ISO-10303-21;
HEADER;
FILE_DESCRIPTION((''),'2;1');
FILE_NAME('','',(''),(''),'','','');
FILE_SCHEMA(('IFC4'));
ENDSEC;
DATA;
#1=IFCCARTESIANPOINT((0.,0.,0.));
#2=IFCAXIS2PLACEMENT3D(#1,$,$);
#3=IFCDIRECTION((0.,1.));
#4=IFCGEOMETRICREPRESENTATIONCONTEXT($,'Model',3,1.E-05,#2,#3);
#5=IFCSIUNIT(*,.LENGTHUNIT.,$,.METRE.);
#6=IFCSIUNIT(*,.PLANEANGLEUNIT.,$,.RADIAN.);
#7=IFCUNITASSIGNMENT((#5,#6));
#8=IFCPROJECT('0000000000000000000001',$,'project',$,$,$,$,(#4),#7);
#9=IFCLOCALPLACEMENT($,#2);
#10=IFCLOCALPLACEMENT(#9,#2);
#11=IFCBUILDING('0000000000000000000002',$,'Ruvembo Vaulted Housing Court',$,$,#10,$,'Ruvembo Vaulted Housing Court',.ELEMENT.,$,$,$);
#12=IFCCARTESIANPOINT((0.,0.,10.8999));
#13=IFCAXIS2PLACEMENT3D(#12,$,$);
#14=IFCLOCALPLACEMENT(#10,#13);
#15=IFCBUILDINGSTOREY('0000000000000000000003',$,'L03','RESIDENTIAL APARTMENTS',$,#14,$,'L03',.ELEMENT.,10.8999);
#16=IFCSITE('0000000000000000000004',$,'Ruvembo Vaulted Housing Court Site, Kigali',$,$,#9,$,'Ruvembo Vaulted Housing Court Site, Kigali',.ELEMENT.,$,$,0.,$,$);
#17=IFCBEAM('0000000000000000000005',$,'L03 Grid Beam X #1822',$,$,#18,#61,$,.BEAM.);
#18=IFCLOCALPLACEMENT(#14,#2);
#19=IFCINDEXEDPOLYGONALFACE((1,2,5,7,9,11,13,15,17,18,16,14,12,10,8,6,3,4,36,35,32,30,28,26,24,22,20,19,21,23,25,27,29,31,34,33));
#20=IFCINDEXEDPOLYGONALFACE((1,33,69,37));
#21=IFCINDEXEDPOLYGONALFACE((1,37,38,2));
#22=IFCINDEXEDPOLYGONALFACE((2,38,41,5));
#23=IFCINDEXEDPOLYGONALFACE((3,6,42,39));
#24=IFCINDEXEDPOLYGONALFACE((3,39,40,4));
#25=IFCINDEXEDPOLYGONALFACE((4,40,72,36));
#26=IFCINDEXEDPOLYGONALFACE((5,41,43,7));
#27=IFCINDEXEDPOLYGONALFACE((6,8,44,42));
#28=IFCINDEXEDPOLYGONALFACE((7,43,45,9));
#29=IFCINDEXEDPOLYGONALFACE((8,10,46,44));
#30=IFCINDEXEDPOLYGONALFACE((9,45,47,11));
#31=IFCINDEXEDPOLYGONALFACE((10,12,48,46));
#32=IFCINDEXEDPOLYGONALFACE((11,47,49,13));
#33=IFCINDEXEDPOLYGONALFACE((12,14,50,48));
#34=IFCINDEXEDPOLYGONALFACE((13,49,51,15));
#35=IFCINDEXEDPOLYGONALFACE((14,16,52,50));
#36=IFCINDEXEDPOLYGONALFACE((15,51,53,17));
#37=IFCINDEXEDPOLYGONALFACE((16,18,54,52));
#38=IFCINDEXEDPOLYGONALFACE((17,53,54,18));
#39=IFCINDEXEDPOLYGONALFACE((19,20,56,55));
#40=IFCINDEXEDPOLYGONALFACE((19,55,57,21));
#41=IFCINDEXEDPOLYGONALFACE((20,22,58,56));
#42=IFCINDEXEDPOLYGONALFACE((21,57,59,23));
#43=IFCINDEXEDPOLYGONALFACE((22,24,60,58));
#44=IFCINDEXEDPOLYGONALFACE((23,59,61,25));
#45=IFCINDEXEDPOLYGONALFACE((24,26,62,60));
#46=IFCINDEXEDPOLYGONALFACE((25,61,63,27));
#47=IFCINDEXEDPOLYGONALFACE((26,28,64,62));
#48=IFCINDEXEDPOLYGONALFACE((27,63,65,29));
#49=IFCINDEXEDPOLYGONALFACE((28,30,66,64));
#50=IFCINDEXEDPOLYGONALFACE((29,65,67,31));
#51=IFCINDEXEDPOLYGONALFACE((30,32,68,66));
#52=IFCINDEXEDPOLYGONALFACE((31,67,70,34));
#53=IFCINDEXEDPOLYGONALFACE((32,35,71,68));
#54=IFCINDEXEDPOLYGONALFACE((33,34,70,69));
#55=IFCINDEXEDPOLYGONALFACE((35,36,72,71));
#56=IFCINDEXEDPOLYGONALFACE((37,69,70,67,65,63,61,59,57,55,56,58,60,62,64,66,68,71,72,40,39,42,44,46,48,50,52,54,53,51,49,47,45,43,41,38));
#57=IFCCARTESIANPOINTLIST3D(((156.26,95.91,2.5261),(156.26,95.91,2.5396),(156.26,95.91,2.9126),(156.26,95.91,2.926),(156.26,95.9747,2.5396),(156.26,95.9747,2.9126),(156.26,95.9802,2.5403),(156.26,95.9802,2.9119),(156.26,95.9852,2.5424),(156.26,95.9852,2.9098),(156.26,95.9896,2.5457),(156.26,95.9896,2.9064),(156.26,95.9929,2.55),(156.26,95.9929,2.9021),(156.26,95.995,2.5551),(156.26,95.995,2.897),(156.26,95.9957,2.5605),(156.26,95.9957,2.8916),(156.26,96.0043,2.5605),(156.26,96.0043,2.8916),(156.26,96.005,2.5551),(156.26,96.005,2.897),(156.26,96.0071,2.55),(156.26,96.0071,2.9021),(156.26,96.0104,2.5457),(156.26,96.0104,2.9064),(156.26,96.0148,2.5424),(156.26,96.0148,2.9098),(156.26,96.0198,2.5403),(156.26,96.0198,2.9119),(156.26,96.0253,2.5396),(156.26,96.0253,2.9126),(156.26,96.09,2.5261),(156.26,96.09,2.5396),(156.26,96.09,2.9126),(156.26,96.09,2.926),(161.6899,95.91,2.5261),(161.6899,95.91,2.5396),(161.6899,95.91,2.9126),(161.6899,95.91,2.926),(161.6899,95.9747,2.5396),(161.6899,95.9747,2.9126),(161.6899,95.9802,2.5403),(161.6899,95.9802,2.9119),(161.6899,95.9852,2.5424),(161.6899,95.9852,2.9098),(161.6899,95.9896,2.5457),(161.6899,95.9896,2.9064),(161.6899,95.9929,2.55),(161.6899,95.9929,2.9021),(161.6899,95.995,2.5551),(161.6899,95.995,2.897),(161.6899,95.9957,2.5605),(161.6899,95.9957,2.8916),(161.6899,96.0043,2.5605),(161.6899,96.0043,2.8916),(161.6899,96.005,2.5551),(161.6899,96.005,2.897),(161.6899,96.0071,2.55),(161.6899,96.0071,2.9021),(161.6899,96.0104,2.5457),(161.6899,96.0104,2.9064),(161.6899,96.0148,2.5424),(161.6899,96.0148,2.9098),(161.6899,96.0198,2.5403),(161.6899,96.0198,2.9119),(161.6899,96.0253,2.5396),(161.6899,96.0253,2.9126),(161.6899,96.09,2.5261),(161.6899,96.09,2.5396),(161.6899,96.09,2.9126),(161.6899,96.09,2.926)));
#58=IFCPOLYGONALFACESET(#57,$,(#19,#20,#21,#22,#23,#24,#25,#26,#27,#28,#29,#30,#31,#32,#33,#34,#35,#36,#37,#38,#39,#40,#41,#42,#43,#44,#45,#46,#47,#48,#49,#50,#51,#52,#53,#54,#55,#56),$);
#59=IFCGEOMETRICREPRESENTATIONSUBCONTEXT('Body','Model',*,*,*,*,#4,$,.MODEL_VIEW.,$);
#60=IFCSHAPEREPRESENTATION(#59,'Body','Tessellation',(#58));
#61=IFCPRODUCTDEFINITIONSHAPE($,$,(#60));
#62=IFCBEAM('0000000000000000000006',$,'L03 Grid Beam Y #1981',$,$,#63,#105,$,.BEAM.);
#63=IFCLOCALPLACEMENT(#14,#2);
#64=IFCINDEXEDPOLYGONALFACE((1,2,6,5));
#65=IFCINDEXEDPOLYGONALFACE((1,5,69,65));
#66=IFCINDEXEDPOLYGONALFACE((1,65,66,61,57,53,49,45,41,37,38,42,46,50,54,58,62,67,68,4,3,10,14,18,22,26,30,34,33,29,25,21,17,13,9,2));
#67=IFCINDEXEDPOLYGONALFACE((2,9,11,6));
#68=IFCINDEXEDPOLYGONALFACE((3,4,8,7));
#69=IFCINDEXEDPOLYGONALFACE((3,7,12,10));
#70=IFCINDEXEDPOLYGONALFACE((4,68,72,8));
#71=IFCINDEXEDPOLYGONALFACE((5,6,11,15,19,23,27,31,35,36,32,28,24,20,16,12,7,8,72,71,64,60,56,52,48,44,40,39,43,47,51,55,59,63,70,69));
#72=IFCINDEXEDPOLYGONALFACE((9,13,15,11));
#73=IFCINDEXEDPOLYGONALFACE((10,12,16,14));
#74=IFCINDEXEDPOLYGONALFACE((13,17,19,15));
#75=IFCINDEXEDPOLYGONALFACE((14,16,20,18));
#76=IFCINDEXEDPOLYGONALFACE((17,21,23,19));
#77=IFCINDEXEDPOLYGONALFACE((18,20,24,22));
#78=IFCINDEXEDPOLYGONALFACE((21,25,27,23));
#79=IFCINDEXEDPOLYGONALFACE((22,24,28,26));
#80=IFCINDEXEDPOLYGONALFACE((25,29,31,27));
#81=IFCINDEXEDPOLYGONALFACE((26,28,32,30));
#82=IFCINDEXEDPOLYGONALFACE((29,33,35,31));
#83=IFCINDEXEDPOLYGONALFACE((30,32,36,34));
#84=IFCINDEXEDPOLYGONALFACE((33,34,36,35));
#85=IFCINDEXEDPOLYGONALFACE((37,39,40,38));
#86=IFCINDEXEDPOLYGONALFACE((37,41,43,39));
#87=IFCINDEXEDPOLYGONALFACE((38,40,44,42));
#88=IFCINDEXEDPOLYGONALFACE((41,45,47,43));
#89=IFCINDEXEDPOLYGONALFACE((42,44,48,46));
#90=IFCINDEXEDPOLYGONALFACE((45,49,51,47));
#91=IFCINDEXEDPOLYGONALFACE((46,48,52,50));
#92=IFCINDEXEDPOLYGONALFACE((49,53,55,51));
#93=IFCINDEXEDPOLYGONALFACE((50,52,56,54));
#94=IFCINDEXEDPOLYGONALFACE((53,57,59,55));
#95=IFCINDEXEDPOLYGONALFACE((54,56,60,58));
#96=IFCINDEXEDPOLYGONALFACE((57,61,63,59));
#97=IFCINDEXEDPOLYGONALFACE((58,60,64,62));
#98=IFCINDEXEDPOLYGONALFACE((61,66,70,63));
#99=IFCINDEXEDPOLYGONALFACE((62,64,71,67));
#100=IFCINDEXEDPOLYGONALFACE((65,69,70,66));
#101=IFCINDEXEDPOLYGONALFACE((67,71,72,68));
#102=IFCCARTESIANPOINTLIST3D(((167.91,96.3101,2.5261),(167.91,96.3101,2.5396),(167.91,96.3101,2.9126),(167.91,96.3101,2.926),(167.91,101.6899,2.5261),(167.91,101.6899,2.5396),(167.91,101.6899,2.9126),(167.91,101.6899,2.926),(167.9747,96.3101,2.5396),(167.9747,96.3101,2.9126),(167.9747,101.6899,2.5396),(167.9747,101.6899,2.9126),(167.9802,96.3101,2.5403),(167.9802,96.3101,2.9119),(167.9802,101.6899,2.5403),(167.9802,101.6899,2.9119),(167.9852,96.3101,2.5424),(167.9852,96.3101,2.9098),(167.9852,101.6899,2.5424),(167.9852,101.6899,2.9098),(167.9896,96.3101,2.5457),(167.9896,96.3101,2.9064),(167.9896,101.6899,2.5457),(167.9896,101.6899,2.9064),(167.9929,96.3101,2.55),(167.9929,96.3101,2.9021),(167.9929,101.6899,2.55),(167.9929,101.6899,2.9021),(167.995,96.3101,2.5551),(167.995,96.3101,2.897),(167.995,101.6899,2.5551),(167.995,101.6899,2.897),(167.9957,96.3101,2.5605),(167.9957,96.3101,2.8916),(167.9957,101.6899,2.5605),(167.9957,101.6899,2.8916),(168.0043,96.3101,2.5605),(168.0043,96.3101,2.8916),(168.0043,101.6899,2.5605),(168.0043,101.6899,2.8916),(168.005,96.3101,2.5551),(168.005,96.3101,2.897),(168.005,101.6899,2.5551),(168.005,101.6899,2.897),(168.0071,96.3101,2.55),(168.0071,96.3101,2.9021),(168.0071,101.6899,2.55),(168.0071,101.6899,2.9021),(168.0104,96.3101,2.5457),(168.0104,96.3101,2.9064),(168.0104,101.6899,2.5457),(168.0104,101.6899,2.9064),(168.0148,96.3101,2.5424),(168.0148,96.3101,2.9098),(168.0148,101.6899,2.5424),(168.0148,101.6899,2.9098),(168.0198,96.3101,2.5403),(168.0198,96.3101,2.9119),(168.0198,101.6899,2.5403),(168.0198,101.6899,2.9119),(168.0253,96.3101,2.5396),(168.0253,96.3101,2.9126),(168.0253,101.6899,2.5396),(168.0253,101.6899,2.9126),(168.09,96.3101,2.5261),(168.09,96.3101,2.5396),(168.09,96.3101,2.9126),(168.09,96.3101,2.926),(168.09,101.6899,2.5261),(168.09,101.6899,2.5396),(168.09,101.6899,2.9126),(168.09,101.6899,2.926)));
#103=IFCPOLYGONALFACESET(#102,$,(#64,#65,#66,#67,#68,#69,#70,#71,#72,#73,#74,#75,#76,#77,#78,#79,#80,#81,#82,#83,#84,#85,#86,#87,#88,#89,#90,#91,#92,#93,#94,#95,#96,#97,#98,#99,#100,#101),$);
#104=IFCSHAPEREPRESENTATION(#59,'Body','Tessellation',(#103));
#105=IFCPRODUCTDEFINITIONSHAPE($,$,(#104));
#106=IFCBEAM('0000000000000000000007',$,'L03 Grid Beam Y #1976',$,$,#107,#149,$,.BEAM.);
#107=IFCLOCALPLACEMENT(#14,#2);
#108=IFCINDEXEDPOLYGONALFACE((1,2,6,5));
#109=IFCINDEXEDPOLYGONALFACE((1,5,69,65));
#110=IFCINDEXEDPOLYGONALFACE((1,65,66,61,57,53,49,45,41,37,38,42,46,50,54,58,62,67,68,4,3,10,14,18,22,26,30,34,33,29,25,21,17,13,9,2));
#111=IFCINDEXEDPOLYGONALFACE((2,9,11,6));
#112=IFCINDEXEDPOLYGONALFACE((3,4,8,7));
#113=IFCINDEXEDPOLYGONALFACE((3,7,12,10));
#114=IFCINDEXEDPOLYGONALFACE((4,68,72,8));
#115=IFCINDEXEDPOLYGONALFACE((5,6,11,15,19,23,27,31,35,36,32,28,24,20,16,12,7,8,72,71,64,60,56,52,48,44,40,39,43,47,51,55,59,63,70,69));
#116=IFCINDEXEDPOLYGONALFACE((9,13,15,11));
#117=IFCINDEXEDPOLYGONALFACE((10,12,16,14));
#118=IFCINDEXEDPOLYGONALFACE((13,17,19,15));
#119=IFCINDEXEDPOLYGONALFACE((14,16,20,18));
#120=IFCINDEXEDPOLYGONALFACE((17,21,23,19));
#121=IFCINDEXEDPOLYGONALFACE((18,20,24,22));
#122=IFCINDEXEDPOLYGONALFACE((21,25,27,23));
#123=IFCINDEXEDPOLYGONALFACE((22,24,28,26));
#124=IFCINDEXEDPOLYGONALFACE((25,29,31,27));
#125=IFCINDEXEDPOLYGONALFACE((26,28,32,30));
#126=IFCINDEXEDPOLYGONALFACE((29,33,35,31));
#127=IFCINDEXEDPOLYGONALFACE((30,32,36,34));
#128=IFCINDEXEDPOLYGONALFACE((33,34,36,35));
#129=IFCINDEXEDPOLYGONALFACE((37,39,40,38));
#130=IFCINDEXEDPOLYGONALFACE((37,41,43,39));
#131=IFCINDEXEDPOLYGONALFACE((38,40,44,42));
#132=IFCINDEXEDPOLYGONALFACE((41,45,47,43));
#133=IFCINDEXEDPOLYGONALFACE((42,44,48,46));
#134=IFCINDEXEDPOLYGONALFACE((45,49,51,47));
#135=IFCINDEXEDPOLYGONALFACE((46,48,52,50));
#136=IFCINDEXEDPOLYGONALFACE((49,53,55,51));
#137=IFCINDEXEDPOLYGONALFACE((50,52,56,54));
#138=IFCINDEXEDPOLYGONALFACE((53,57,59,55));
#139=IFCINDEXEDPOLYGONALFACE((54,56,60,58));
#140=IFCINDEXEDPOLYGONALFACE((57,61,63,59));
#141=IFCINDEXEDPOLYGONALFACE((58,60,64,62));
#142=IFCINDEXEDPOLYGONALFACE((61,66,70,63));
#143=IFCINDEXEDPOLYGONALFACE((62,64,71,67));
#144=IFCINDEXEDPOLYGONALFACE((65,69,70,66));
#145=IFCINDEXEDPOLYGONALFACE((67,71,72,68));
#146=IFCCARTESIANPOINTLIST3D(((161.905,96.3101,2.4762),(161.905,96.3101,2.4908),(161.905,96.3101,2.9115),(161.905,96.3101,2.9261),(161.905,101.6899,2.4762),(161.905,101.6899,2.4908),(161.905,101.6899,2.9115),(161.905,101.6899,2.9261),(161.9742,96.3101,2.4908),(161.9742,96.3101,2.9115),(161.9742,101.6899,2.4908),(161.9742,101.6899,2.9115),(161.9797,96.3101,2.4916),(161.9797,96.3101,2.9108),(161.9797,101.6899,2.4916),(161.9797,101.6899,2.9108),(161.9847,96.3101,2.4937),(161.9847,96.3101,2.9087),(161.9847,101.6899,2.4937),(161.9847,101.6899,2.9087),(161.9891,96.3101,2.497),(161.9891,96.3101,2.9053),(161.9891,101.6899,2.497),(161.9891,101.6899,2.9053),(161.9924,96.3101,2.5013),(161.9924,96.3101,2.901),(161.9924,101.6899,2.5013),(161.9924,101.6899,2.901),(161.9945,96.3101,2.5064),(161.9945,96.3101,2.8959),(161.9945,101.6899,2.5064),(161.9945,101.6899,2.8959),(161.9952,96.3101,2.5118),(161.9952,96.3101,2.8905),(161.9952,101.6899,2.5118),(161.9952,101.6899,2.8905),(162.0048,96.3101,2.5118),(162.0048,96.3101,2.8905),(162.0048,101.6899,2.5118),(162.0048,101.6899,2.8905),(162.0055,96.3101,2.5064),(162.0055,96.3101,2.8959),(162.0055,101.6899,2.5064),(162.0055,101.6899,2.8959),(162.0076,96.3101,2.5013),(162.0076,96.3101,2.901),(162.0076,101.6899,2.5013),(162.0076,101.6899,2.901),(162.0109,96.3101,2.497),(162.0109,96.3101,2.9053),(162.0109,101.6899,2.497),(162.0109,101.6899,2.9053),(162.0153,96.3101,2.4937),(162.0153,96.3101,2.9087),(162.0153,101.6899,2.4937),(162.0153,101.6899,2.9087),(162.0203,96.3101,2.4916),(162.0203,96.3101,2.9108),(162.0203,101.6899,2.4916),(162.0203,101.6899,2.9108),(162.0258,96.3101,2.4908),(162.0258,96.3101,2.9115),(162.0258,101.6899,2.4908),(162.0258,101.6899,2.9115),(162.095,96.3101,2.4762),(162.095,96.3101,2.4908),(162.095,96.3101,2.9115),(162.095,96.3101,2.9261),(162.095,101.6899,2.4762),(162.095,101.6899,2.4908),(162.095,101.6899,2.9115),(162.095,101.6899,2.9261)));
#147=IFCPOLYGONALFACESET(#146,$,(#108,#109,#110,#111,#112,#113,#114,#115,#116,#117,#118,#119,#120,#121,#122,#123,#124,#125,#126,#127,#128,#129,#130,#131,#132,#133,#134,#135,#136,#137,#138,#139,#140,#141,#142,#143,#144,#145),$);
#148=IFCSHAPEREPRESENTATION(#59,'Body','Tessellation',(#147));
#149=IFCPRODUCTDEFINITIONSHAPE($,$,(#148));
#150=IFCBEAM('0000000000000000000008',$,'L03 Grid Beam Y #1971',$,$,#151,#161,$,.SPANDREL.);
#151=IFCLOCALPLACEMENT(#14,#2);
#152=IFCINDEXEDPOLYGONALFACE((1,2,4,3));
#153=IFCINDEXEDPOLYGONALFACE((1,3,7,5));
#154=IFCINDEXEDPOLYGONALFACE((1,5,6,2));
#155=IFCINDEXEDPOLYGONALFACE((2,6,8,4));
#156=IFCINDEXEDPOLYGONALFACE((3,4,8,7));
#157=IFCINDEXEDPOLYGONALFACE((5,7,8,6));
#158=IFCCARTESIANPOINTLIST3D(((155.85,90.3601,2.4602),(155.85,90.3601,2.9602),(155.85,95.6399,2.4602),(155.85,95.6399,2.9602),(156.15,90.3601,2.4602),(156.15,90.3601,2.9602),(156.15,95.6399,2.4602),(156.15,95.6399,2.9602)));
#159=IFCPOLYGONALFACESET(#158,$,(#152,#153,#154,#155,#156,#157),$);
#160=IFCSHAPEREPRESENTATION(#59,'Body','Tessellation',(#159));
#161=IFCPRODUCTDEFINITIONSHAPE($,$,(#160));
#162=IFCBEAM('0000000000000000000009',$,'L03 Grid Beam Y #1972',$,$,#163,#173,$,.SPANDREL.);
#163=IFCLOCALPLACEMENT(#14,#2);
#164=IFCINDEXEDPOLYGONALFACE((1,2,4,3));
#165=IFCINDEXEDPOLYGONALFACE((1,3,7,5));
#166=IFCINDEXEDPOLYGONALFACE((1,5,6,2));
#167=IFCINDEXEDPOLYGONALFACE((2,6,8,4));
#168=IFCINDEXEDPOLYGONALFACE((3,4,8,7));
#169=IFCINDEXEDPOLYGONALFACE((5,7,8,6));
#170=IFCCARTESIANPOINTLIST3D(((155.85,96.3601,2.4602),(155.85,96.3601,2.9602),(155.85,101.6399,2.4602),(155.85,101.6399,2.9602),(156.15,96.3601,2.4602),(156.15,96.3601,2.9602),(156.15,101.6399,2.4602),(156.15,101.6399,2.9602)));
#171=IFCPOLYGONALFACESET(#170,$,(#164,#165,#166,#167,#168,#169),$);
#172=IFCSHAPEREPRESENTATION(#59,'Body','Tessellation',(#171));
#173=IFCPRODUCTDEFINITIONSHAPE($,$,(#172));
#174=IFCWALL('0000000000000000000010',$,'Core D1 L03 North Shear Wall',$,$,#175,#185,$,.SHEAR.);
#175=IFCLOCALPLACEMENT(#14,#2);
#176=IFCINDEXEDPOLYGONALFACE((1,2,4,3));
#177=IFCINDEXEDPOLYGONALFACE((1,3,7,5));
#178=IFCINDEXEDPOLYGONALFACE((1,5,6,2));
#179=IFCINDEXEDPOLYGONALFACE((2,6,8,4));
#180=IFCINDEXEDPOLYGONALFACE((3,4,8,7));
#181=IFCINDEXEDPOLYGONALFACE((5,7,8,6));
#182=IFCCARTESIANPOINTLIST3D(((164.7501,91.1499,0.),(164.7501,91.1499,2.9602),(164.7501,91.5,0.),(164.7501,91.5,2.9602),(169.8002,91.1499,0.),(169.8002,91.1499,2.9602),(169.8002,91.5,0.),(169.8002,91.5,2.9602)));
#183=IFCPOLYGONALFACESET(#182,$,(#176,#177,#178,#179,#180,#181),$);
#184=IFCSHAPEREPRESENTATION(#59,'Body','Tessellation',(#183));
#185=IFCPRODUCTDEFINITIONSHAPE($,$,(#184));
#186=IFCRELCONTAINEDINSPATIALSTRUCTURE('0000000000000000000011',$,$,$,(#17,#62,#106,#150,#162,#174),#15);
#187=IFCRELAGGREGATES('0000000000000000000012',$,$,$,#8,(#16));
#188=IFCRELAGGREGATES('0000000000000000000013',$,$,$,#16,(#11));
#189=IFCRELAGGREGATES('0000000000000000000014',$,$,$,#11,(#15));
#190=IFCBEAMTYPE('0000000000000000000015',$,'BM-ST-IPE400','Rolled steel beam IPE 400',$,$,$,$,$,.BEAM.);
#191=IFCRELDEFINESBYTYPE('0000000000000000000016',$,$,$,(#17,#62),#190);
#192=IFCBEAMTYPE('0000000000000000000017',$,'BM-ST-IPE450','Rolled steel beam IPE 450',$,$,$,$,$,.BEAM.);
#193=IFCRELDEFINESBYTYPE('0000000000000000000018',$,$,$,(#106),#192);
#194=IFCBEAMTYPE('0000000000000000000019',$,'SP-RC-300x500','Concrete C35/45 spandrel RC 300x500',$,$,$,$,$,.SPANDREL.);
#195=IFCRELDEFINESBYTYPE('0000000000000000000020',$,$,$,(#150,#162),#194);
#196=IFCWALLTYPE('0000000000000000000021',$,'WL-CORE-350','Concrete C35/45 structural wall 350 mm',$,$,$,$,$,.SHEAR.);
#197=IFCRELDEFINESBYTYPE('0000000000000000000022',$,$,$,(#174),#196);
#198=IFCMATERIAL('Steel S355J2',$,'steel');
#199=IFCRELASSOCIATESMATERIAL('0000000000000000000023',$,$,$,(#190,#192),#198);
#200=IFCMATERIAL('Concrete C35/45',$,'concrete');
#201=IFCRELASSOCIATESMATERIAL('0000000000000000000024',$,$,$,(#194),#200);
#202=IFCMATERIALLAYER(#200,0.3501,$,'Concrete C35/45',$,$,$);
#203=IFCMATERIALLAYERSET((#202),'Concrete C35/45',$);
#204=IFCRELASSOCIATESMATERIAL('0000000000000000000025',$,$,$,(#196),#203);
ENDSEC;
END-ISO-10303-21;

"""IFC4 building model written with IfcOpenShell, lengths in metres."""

from ifc_helpers import new_model, si_unit, direction, frame, frame_2d, origin, origin_2d, place, context, subcontext, project, spatial, rectangle, i_section, extrude, material, layer, layer_set, material_profile, profile_set, type_object, element, save


model = new_model("IFC4")

# Units and contexts
model_context = context("Model", 3, precision=1e-05, world=origin(), true_north=direction((0.0, 1.0)))
body_context = subcontext(model_context, "Body", "Model", "MODEL_VIEW")
ifc_project = project(units=[si_unit("LENGTHUNIT", "METRE"), si_unit("PLANEANGLEUNIT", "RADIAN")], contexts=[model_context])

# Site, building, storey
site_placement = place(None, origin())
site = spatial("IfcSite", under=ifc_project, at=site_placement, Name="Ruvembo Vaulted Housing Court Site, Kigali", LongName="Ruvembo Vaulted Housing Court Site, Kigali", CompositionType="ELEMENT", RefElevation=0.0)
building_placement = place(site_placement, origin())
building = spatial("IfcBuilding", under=site, at=building_placement, Name="Ruvembo Vaulted Housing Court", LongName="Ruvembo Vaulted Housing Court", CompositionType="ELEMENT")
storey_placement = place(building_placement, frame((0.0, 0.0, 10.8999)))
storey = spatial("IfcBuildingStorey", under=building, at=storey_placement, Name="L03", Description="RESIDENTIAL APARTMENTS", LongName="L03", CompositionType="ELEMENT", Elevation=10.8999)

# Beams
ifc_material_1 = material(Name="Steel S355J2", Category="steel")
ifc_material_profile_1 = material_profile(ifc_material_1, i_section(OverallWidth=0.1799, OverallDepth=0.3999, WebThickness=0.0085, FlangeThickness=0.0134, FilletRadius=0.021, at=origin_2d()), Name="IPE 400")
ifc_profile_set_1 = profile_set([ifc_material_profile_1], Name="Steel S355J2")
beam_type_1 = type_object("IfcBeamType", Name="BM-ST-IPE400", Description="Rolled steel beam IPE 400", PredefinedType="BEAM", material=ifc_profile_set_1)
beam_1_placement = place(storey_placement, frame((156.26, 96.0, 2.7261), z_axis=(1.0, 0.0, 0.0), x_axis=(0.0, 1.0, 0.0)))
element("IfcBeam", 1, at=beam_1_placement, inside=storey, type_object=beam_type_1, Name="L03 Grid Beam X #1822", PredefinedType="BEAM", context=body_context, shape_type="SweptSolid", body=[
    extrude(i_section(OverallWidth=0.1799, OverallDepth=0.3999, WebThickness=0.0085, FlangeThickness=0.0134, FilletRadius=0.021, at=origin_2d()), origin(), (0.0, 0.0, 1.0), 5.4299),
])
beam_2_placement = place(storey_placement, frame((168.0, 96.3101, 2.7261), z_axis=(0.0, 1.0, 0.0), x_axis=(-1.0, 0.0, 0.0)))
element("IfcBeam", 2, at=beam_2_placement, inside=storey, type_object=beam_type_1, Name="L03 Grid Beam Y #1981", PredefinedType="BEAM", context=body_context, shape_type="SweptSolid", body=[
    extrude(i_section(OverallWidth=0.1799, OverallDepth=0.3999, WebThickness=0.0085, FlangeThickness=0.0134, FilletRadius=0.021, at=origin_2d()), origin(), (0.0, 0.0, 1.0), 5.3799),
])
ifc_material_profile_2 = material_profile(ifc_material_1, i_section(OverallWidth=0.1899, OverallDepth=0.45, WebThickness=0.0095, FlangeThickness=0.0146, FilletRadius=0.021, at=origin_2d()), Name="IPE 450")
ifc_profile_set_2 = profile_set([ifc_material_profile_2], Name="Steel S355J2")
beam_type_2 = type_object("IfcBeamType", Name="BM-ST-IPE450", Description="Rolled steel beam IPE 450", PredefinedType="BEAM", material=ifc_profile_set_2)
beam_3_placement = place(storey_placement, frame((162.0, 96.3101, 2.7012), z_axis=(0.0, 1.0, 0.0), x_axis=(-1.0, 0.0, 0.0)))
element("IfcBeam", 3, at=beam_3_placement, inside=storey, type_object=beam_type_2, Name="L03 Grid Beam Y #1976", PredefinedType="BEAM", context=body_context, shape_type="SweptSolid", body=[
    extrude(i_section(OverallWidth=0.1899, OverallDepth=0.45, WebThickness=0.0095, FlangeThickness=0.0146, FilletRadius=0.021, at=origin_2d()), origin(), (0.0, 0.0, 1.0), 5.3799),
])
ifc_material_2 = material(Name="Concrete C35/45", Category="concrete")
ifc_material_profile_3 = material_profile(ifc_material_2, rectangle(XDim=0.3, YDim=0.5, at=origin_2d()), Name="RC 300x500")
ifc_profile_set_3 = profile_set([ifc_material_profile_3], Name="Concrete C35/45")
beam_type_3 = type_object("IfcBeamType", Name="SP-RC-300x500", Description="Concrete C35/45 spandrel RC 300x500", PredefinedType="SPANDREL", material=ifc_profile_set_3)
for number, where, z_axis, x_axis, name in (
    (4, (156.0, 90.3601, 2.7102), (0.0, 1.0, 0.0), (-1.0, 0.0, 0.0), "L03 Grid Beam Y #1971"),
    (5, (156.0, 96.3601, 2.7102), (0.0, 1.0, 0.0), (-1.0, 0.0, 0.0), "L03 Grid Beam Y #1972"),
):
    element("IfcBeam", number, at=place(storey_placement, frame(where, z_axis=z_axis, x_axis=x_axis)), inside=storey, type_object=beam_type_3, Name=name, PredefinedType="SPANDREL", context=body_context, shape_type="SweptSolid", body=[
        extrude(rectangle(XDim=0.3, YDim=0.5, at=origin_2d()), origin(), (0.0, 0.0, 1.0), 5.2798),
    ])

# Wall
ifc_layer_1 = layer(ifc_material_2, 0.3501, Name="Concrete C35/45")
ifc_layer_set_1 = layer_set([ifc_layer_1], Name="Concrete C35/45")
wall_type_1 = type_object("IfcWallType", Name="WL-CORE-350", Description="Concrete C35/45 structural wall 350 mm", PredefinedType="SHEAR", material=ifc_layer_set_1)
wall_1_placement = place(storey_placement, frame((169.8, 91.325, 0.0), z_axis=(0.0, 0.0, 1.0), x_axis=(-1.0, 0.0, 0.0)))
element("IfcWall", 6, at=wall_1_placement, inside=storey, type_object=wall_type_1, Name="Core D1 L03 North Shear Wall", PredefinedType="SHEAR", context=body_context, shape_type="SweptSolid", body=[
    extrude(rectangle(XDim=5.05, YDim=0.3501, at=frame_2d((2.5249, 0.0))), origin(), (0.0, 0.0, 1.0), 2.9602),
])

save(model, "model.ifc")
